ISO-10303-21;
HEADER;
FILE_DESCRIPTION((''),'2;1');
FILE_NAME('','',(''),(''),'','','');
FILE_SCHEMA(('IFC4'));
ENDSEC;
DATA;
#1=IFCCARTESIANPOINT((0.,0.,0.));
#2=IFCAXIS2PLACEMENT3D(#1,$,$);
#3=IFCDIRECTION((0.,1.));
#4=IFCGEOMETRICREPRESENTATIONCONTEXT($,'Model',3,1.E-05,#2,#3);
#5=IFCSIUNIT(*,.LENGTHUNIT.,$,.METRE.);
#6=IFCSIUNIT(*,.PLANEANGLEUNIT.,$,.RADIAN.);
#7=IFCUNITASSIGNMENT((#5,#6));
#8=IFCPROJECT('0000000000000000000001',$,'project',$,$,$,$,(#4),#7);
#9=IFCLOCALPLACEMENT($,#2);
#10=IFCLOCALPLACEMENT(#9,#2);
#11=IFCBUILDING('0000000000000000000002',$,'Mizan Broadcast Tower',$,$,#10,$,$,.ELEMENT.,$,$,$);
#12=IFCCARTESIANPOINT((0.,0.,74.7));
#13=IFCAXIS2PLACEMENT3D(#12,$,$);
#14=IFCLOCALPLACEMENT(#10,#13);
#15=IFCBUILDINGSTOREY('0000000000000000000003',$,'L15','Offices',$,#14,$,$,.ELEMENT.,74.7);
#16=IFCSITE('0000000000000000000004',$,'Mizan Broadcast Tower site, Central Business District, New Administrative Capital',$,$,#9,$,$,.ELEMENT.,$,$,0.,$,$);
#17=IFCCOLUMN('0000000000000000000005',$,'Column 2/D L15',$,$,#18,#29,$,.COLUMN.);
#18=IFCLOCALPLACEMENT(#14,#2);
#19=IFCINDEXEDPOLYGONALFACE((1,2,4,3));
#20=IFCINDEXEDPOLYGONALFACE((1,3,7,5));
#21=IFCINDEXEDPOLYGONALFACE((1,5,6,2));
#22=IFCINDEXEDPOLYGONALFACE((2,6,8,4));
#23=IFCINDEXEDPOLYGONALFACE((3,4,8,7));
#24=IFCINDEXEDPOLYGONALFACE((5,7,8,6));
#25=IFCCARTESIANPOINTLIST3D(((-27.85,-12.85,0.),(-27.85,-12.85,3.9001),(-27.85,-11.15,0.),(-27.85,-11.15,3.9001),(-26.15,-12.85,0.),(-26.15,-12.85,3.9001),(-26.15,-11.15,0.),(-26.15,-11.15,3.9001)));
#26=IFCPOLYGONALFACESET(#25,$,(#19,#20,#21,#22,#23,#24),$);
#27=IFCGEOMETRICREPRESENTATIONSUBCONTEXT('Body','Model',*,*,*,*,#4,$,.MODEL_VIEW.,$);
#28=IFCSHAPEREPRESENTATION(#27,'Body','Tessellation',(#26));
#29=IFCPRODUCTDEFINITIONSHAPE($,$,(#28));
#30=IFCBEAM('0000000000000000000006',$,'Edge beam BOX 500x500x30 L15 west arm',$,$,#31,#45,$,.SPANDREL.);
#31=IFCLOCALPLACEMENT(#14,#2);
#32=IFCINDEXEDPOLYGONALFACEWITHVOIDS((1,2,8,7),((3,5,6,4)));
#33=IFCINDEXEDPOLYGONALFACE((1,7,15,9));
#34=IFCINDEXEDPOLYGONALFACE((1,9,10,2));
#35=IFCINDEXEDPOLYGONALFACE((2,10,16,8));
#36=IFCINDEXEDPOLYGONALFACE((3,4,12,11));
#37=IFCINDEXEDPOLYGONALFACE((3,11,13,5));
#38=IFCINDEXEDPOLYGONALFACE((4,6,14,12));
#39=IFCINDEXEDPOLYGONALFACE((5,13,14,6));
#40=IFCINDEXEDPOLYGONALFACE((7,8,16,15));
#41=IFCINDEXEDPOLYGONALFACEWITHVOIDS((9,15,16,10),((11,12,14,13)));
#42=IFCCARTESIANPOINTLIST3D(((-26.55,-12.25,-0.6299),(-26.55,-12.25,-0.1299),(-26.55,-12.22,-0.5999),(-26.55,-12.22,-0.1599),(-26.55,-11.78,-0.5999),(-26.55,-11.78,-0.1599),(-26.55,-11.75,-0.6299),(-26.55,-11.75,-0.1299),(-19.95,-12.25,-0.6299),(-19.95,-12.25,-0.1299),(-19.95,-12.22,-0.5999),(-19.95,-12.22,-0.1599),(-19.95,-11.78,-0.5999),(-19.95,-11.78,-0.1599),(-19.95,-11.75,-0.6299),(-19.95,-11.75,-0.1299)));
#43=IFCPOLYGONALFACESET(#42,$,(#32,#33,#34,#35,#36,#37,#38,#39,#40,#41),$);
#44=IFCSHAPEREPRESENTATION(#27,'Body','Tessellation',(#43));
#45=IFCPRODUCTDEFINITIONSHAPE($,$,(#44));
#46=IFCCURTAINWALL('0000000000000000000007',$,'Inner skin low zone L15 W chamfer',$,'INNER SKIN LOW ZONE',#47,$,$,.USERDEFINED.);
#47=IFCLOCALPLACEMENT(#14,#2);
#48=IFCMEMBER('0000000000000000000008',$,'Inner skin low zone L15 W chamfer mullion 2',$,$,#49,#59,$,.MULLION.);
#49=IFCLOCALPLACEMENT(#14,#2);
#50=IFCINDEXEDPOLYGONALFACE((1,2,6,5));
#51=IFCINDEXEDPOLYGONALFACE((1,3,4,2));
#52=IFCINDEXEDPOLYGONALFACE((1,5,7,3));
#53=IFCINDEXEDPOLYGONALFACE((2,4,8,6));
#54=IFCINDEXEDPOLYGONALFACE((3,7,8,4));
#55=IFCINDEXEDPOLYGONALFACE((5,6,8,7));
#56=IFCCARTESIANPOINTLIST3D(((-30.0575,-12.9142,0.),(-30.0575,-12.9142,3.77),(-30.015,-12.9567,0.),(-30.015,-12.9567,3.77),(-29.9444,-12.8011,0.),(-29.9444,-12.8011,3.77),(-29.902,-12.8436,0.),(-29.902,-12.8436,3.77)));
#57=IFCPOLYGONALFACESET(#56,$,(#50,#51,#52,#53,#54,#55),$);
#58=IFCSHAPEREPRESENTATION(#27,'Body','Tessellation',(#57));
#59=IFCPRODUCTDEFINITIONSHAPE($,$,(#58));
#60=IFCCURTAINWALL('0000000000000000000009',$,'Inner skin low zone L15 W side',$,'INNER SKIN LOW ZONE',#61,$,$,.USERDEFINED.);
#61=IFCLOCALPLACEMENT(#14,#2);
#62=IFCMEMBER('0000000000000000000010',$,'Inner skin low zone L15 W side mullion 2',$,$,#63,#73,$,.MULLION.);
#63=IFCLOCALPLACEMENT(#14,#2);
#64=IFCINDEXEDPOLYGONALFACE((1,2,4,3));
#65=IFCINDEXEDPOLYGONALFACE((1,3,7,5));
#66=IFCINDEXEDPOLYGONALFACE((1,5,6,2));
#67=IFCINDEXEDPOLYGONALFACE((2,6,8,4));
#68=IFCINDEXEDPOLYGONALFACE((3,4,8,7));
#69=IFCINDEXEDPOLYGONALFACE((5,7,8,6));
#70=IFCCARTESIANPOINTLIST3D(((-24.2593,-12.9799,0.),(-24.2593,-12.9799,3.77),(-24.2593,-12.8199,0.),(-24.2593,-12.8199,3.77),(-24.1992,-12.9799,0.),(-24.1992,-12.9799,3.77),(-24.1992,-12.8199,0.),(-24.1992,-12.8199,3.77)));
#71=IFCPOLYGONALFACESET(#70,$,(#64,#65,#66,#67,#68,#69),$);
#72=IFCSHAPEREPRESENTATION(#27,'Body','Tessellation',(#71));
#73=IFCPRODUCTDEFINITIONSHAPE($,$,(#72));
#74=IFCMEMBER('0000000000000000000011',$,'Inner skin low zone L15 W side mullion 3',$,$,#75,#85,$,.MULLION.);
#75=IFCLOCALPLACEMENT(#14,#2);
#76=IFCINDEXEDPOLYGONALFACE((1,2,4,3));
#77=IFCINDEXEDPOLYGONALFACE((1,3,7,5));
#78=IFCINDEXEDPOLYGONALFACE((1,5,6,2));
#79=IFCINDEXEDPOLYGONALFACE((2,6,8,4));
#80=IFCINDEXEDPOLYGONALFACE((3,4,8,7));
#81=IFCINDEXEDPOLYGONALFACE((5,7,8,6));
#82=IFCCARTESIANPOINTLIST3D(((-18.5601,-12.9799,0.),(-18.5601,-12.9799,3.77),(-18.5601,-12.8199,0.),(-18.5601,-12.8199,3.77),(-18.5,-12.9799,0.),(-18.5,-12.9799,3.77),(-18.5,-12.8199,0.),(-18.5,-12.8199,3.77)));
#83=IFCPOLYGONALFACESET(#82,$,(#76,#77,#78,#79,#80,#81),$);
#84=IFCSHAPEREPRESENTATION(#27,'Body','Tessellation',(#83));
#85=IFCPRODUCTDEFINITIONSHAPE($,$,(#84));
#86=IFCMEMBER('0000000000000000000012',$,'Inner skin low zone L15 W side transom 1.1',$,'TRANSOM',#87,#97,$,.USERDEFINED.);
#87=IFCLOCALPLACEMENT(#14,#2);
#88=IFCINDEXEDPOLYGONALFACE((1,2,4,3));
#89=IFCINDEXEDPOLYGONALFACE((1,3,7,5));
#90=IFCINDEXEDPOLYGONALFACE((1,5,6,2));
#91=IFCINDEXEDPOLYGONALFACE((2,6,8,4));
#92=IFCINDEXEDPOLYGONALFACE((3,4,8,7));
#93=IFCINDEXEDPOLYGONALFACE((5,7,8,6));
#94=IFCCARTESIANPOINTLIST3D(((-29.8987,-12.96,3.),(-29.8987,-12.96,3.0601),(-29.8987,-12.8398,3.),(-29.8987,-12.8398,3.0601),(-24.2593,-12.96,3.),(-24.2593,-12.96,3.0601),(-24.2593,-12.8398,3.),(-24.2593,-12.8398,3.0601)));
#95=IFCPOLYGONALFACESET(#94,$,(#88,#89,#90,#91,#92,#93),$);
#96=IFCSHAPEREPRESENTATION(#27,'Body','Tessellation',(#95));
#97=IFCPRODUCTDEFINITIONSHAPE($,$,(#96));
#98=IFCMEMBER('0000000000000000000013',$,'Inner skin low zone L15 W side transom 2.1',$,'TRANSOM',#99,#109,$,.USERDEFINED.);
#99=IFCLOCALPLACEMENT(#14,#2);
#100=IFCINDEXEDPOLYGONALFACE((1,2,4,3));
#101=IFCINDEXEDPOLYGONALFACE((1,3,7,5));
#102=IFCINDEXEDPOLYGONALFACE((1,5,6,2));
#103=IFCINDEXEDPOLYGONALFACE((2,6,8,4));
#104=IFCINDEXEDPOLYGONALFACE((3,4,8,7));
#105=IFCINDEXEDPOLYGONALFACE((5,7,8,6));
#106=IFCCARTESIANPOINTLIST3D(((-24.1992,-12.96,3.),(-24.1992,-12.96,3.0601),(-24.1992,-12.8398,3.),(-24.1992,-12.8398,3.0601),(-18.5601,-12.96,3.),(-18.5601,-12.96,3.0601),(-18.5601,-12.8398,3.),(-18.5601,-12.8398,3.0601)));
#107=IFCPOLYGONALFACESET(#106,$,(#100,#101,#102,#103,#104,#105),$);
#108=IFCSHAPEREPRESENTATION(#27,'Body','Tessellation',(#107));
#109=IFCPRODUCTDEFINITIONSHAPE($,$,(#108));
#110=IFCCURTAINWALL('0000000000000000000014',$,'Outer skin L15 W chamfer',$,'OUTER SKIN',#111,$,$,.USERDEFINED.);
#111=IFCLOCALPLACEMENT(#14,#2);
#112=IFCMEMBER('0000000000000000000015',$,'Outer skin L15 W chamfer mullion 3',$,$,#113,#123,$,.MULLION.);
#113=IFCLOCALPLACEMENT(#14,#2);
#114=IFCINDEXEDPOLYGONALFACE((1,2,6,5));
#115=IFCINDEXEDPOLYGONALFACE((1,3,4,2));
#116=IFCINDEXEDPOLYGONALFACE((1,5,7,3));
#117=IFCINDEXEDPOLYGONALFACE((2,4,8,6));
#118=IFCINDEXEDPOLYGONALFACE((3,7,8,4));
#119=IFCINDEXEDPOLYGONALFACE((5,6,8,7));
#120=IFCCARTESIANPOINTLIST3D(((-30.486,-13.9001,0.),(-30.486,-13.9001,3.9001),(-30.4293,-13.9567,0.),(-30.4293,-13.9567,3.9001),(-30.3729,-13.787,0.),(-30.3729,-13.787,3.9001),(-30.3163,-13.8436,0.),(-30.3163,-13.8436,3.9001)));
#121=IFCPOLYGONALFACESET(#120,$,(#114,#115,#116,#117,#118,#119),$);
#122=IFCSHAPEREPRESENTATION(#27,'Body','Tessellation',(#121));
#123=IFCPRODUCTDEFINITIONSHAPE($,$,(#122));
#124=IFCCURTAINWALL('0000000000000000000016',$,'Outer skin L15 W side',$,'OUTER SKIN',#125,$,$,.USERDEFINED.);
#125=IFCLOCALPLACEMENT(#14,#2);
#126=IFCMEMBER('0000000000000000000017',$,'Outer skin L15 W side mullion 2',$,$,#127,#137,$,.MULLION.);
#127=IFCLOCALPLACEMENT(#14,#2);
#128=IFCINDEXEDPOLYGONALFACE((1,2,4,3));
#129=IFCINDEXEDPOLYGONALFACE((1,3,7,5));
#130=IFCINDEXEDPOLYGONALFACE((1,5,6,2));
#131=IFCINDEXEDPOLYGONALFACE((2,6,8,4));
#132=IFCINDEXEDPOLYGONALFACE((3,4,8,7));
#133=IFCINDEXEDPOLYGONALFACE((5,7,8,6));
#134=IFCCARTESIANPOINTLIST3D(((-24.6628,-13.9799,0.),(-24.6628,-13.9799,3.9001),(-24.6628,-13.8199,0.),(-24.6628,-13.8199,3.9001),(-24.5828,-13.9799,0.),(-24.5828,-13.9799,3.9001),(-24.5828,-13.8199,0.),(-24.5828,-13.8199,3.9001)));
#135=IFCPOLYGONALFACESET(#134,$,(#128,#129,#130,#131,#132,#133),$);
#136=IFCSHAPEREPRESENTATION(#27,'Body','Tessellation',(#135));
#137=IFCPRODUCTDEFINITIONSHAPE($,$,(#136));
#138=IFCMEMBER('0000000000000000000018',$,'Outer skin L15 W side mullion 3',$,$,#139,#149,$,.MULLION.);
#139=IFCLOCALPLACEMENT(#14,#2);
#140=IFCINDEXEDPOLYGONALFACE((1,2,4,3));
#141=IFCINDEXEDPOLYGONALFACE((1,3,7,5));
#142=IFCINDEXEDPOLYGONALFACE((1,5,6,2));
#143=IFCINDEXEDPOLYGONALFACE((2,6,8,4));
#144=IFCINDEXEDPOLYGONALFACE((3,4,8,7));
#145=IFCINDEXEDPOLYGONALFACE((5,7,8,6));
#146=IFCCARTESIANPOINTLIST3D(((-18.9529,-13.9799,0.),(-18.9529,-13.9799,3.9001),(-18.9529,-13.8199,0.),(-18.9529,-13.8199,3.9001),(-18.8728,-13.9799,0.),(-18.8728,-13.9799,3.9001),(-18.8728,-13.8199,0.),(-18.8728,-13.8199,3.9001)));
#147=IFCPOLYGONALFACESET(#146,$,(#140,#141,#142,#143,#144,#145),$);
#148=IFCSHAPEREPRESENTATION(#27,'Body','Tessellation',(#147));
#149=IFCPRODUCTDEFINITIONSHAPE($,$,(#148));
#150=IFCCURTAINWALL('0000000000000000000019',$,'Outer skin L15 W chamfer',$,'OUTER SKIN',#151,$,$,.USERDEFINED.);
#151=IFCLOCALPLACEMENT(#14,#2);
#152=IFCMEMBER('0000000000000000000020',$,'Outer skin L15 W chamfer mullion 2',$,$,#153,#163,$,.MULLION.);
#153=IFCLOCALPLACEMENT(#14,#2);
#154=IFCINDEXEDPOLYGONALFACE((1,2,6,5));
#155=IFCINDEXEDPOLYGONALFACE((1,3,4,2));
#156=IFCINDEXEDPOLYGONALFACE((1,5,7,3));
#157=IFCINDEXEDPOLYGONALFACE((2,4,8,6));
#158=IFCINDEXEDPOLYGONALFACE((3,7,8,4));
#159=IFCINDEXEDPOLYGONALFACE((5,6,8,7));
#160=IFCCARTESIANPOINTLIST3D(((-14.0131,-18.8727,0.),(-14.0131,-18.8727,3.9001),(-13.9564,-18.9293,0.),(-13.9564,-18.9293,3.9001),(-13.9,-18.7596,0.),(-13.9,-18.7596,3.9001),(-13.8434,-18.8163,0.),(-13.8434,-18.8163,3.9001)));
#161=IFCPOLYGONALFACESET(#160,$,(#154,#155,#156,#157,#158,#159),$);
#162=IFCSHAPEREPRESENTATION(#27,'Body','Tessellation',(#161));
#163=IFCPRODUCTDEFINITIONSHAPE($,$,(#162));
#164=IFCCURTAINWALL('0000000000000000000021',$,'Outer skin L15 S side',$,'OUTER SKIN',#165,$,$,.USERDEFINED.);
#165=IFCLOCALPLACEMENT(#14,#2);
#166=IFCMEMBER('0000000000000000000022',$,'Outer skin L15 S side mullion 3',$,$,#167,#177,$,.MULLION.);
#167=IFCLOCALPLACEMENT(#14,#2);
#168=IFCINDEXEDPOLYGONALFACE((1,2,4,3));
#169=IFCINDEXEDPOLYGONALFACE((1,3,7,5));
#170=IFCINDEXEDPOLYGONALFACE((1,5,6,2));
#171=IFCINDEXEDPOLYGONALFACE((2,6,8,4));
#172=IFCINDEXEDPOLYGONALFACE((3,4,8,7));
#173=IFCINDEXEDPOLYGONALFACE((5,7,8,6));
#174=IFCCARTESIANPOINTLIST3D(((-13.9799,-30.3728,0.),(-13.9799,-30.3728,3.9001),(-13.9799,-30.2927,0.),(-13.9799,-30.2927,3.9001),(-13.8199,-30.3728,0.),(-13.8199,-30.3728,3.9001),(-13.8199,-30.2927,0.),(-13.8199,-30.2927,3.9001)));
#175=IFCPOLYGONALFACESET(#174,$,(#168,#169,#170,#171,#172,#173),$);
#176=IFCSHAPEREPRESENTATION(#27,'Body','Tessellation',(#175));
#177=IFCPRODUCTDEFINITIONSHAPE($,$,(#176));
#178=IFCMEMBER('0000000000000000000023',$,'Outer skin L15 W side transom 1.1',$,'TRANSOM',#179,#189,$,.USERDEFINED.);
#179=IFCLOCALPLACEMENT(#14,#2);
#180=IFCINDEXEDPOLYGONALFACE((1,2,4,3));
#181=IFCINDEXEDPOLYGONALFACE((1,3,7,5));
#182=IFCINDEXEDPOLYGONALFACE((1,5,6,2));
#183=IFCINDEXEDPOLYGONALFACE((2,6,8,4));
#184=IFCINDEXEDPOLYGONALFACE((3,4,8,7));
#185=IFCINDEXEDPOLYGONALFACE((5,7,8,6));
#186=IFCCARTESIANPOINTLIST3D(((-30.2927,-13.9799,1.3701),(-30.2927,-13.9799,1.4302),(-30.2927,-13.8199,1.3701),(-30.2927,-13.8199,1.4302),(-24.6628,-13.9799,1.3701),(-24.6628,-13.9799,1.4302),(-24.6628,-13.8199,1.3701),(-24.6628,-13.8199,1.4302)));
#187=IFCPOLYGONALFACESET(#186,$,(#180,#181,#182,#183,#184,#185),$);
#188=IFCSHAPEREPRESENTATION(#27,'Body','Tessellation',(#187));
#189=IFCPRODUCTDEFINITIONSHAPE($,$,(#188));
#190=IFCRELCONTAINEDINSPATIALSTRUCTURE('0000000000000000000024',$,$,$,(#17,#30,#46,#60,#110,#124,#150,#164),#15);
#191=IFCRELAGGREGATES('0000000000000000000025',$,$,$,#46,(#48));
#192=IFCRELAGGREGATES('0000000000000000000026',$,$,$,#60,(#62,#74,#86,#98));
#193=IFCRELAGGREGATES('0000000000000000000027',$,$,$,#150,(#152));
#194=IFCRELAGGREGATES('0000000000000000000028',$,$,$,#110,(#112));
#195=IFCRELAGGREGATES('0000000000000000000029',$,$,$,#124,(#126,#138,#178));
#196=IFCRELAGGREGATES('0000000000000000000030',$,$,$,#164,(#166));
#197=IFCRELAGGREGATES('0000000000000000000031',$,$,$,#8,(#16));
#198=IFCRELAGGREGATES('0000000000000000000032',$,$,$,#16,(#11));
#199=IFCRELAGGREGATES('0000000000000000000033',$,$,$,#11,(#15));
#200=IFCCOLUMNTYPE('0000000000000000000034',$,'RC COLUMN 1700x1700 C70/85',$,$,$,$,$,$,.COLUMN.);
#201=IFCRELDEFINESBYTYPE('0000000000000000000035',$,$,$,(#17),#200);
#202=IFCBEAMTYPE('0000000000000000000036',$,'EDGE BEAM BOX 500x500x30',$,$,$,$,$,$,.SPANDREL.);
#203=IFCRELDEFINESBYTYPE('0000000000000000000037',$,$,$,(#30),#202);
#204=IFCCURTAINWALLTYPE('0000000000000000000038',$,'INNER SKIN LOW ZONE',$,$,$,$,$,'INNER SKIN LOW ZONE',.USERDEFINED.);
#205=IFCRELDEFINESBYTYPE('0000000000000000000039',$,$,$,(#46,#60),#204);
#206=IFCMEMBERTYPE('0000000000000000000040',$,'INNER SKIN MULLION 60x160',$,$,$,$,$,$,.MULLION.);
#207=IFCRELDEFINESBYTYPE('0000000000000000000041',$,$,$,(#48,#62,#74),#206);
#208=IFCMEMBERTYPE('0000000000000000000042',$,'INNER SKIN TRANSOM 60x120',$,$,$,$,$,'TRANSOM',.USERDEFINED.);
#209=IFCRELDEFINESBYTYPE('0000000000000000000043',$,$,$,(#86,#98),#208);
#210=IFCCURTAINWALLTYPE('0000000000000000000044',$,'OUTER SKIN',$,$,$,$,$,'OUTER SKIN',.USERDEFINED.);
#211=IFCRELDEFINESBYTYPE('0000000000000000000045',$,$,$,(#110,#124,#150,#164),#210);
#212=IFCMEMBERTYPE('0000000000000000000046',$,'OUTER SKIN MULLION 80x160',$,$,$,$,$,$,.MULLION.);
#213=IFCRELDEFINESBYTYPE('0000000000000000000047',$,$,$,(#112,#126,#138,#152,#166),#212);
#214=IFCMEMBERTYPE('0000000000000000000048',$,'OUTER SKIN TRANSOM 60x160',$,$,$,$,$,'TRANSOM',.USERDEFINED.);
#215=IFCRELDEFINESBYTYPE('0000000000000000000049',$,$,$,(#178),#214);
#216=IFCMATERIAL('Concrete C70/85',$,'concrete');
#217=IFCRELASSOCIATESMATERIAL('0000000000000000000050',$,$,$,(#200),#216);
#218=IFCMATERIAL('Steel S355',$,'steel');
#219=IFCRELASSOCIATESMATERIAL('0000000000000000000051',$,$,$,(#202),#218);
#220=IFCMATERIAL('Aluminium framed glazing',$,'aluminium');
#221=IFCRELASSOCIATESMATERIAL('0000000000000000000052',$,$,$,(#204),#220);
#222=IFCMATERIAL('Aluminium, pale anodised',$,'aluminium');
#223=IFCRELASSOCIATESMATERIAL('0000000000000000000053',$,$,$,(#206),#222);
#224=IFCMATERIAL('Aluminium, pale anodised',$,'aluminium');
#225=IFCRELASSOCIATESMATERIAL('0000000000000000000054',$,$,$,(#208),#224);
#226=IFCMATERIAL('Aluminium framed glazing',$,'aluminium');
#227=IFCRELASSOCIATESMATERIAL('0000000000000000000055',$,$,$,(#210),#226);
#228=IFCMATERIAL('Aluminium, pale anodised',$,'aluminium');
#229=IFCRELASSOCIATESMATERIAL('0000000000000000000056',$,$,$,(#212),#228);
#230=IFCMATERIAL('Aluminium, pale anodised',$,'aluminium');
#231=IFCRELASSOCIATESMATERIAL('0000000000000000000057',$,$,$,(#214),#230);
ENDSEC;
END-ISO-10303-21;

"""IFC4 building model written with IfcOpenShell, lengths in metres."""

from ifc_helpers import new_model, si_unit, direction, frame, origin, origin_2d, place, context, subcontext, project, spatial, rectangle, hollow_rectangle, extrude, material, material_profile, profile_set, type_object, element, aggregate, save


model = new_model("IFC4")

# Units and contexts
model_context = context("Model", 3, precision=1e-05, world=origin(), true_north=direction((0.0, 1.0)))
body_context = subcontext(model_context, "Body", "Model", "MODEL_VIEW")
ifc_project = project(units=[si_unit("LENGTHUNIT", "METRE"), si_unit("PLANEANGLEUNIT", "RADIAN")], contexts=[model_context])

# Site, building, storey
site_placement = place(None, origin())
site = spatial("IfcSite", under=ifc_project, at=site_placement, Name="Mizan Broadcast Tower site, Central Business District, New Administrative Capital", CompositionType="ELEMENT", RefElevation=0.0)
building_placement = place(site_placement, origin())
building = spatial("IfcBuilding", under=site, at=building_placement, Name="Mizan Broadcast Tower", CompositionType="ELEMENT")
storey_placement = place(building_placement, frame((0.0, 0.0, 74.7)))
storey = spatial("IfcBuildingStorey", under=building, at=storey_placement, Name="L15", Description="Offices", CompositionType="ELEMENT", Elevation=74.7)

# Column
ifc_material_1 = material(Name="Concrete C70/85", Category="concrete")
ifc_material_profile_1 = material_profile(ifc_material_1, rectangle(XDim=1.7, YDim=1.7, at=origin_2d()), Name="RC 1700x1700")
ifc_profile_set_1 = profile_set([ifc_material_profile_1], Name="Concrete C70/85")
column_type = type_object("IfcColumnType", Name="RC COLUMN 1700x1700 C70/85", PredefinedType="COLUMN", material=ifc_profile_set_1)
column_placement = place(storey_placement, frame((-27.0, -12.0, 0.0), z_axis=(0.0, 0.0, 1.0), x_axis=(1.0, 0.0, 0.0)))
element("IfcColumn", 1, at=column_placement, inside=storey, type_object=column_type, Name="Column 2/D L15", PredefinedType="COLUMN", context=body_context, shape_type="SweptSolid", body=[
    extrude(rectangle(XDim=1.7, YDim=1.7, at=origin_2d()), origin(), (0.0, 0.0, 1.0), 3.9001),
])

# Beam
ifc_material_2 = material(Name="Steel S355", Category="steel")
ifc_material_profile_2 = material_profile(ifc_material_2, hollow_rectangle(XDim=0.5, YDim=0.5, WallThickness=0.03, at=origin_2d()), Name="BOX 500x500x30")
ifc_profile_set_2 = profile_set([ifc_material_profile_2], Name="Steel S355")
beam_type_1 = type_object("IfcBeamType", Name="EDGE BEAM BOX 500x500x30", PredefinedType="SPANDREL", material=ifc_profile_set_2)
beam_1_placement = place(storey_placement, frame((-19.95, -12.0, -0.3799), z_axis=(-1.0, 0.0, 0.0), x_axis=(0.0, -1.0, 0.0)))
element("IfcBeam", 2, at=beam_1_placement, inside=storey, type_object=beam_type_1, Name="Edge beam BOX 500x500x30 L15 west arm", PredefinedType="SPANDREL", context=body_context, shape_type="SweptSolid", body=[
    extrude(hollow_rectangle(XDim=0.5, YDim=0.5, WallThickness=0.03, at=origin_2d()), origin(), (0.0, 0.0, 1.0), 6.6001),
])

# Curtain wall, member
ifc_material_3 = material(Name="Aluminium framed glazing", Category="aluminium")
curtain_wall_type_1 = type_object("IfcCurtainWallType", Name="INNER SKIN LOW ZONE", ElementType="INNER SKIN LOW ZONE", PredefinedType="USERDEFINED", material=ifc_material_3)
curtain_wall_1_placement = place(storey_placement, origin())
curtain_wall_1 = element("IfcCurtainWall", 3, at=curtain_wall_1_placement, inside=storey, type_object=curtain_wall_type_1, Name="Inner skin low zone L15 W chamfer", ObjectType="INNER SKIN LOW ZONE", PredefinedType="USERDEFINED")
ifc_material_4 = material(Name="Aluminium, pale anodised", Category="aluminium")
ifc_material_profile_3 = material_profile(ifc_material_4, rectangle(XDim=0.1599, YDim=0.0601, at=origin_2d()), Name="MULLION 160x60")
ifc_profile_set_3 = profile_set([ifc_material_profile_3], Name="Aluminium, pale anodised")
member_type_1 = type_object("IfcMemberType", Name="INNER SKIN MULLION 60x160", PredefinedType="MULLION", material=ifc_profile_set_3)
member_1_placement = place(storey_placement, frame((-29.9797, -12.8789, 0.0), z_axis=(0.0, 0.0, 1.0), x_axis=(0.707107, 0.707107, 0.0)))
member_1 = element("IfcMember", 4, at=member_1_placement, type_object=member_type_1, Name="Inner skin low zone L15 W chamfer mullion 2", PredefinedType="MULLION", context=body_context, shape_type="SweptSolid", body=[
    extrude(rectangle(XDim=0.1599, YDim=0.0601, at=origin_2d()), origin(), (0.0, 0.0, 1.0), 3.77),
])
aggregate(curtain_wall_1, [member_1])

# Curtain wall, members
curtain_wall_2_placement = place(storey_placement, origin())
curtain_wall_2 = element("IfcCurtainWall", 5, at=curtain_wall_2_placement, inside=storey, type_object=curtain_wall_type_1, Name="Inner skin low zone L15 W side", ObjectType="INNER SKIN LOW ZONE", PredefinedType="USERDEFINED")
member_2_placement = place(storey_placement, frame((-24.2292, -12.8999, 0.0), z_axis=(0.0, 0.0, 1.0), x_axis=(0.0, 1.0, 0.0)))
member_2 = element("IfcMember", 6, at=member_2_placement, type_object=member_type_1, Name="Inner skin low zone L15 W side mullion 2", PredefinedType="MULLION", context=body_context, shape_type="SweptSolid", body=[
    extrude(rectangle(XDim=0.1599, YDim=0.0601, at=origin_2d()), origin(), (0.0, 0.0, 1.0), 3.77),
])
member_3_placement = place(storey_placement, frame((-18.53, -12.8999, 0.0), z_axis=(0.0, 0.0, 1.0), x_axis=(0.0, 1.0, 0.0)))
member_3 = element("IfcMember", 7, at=member_3_placement, type_object=member_type_1, Name="Inner skin low zone L15 W side mullion 3", PredefinedType="MULLION", context=body_context, shape_type="SweptSolid", body=[
    extrude(rectangle(XDim=0.1599, YDim=0.0601, at=origin_2d()), origin(), (0.0, 0.0, 1.0), 3.77),
])
ifc_material_5 = material(Name="Aluminium, pale anodised", Category="aluminium")
ifc_material_profile_4 = material_profile(ifc_material_5, rectangle(XDim=0.1201, YDim=0.0601, at=origin_2d()), Name="TRANSOM 120x60")
ifc_profile_set_4 = profile_set([ifc_material_profile_4], Name="Aluminium, pale anodised")
member_type_2 = type_object("IfcMemberType", Name="INNER SKIN TRANSOM 60x120", ElementType="TRANSOM", PredefinedType="USERDEFINED", material=ifc_profile_set_4)
member_4_placement = place(storey_placement, frame((-29.8987, -12.8999, 3.03), z_axis=(1.0, 0.0, 0.0), x_axis=(0.0, 1.0, 0.0)))
member_4 = element("IfcMember", 8, at=member_4_placement, type_object=member_type_2, Name="Inner skin low zone L15 W side transom 1.1", ObjectType="TRANSOM", PredefinedType="USERDEFINED", context=body_context, shape_type="SweptSolid", body=[
    extrude(rectangle(XDim=0.1201, YDim=0.0601, at=origin_2d()), origin(), (0.0, 0.0, 1.0), 5.6394),
])
member_5_placement = place(storey_placement, frame((-24.1992, -12.8999, 3.03), z_axis=(1.0, 0.0, 0.0), x_axis=(0.0, 1.0, 0.0)))
member_5 = element("IfcMember", 9, at=member_5_placement, type_object=member_type_2, Name="Inner skin low zone L15 W side transom 2.1", ObjectType="TRANSOM", PredefinedType="USERDEFINED", context=body_context, shape_type="SweptSolid", body=[
    extrude(rectangle(XDim=0.1201, YDim=0.0601, at=origin_2d()), origin(), (0.0, 0.0, 1.0), 5.6392),
])

# Curtain wall, member
ifc_material_6 = material(Name="Aluminium framed glazing", Category="aluminium")
curtain_wall_type_2 = type_object("IfcCurtainWallType", Name="OUTER SKIN", ElementType="OUTER SKIN", PredefinedType="USERDEFINED", material=ifc_material_6)
curtain_wall_3_placement = place(storey_placement, origin())
curtain_wall_3 = element("IfcCurtainWall", 10, at=curtain_wall_3_placement, inside=storey, type_object=curtain_wall_type_2, Name="Outer skin L15 W chamfer", ObjectType="OUTER SKIN", PredefinedType="USERDEFINED")
ifc_material_7 = material(Name="Aluminium, pale anodised", Category="aluminium")
ifc_material_profile_5 = material_profile(ifc_material_7, rectangle(XDim=0.1599, YDim=0.0801, at=origin_2d()), Name="MULLION 160x80")
ifc_profile_set_5 = profile_set([ifc_material_profile_5], Name="Aluminium, pale anodised")
member_type_3 = type_object("IfcMemberType", Name="OUTER SKIN MULLION 80x160", PredefinedType="MULLION", material=ifc_profile_set_5)
member_6_placement = place(storey_placement, frame((-30.4011, -13.8718, 0.0), z_axis=(0.0, 0.0, 1.0), x_axis=(0.707107, 0.707107, 0.0)))
member_6 = element("IfcMember", 11, at=member_6_placement, type_object=member_type_3, Name="Outer skin L15 W chamfer mullion 3", PredefinedType="MULLION", context=body_context, shape_type="SweptSolid", body=[
    extrude(rectangle(XDim=0.1599, YDim=0.0801, at=origin_2d()), origin(), (0.0, 0.0, 1.0), 3.9001),
])

# Curtain wall, members
curtain_wall_4_placement = place(storey_placement, origin())
curtain_wall_4 = element("IfcCurtainWall", 12, at=curtain_wall_4_placement, inside=storey, type_object=curtain_wall_type_2, Name="Outer skin L15 W side", ObjectType="OUTER SKIN", PredefinedType="USERDEFINED")
member_7_placement = place(storey_placement, frame((-24.6228, -13.8999, 0.0), z_axis=(0.0, 0.0, 1.0), x_axis=(0.0, 1.0, 0.0)))
member_7 = element("IfcMember", 13, at=member_7_placement, type_object=member_type_3, Name="Outer skin L15 W side mullion 2", PredefinedType="MULLION", context=body_context, shape_type="SweptSolid", body=[
    extrude(rectangle(XDim=0.1599, YDim=0.0801, at=origin_2d()), origin(), (0.0, 0.0, 1.0), 3.9001),
])
member_8_placement = place(storey_placement, frame((-18.9128, -13.8999, 0.0), z_axis=(0.0, 0.0, 1.0), x_axis=(0.0, 1.0, 0.0)))
member_8 = element("IfcMember", 14, at=member_8_placement, type_object=member_type_3, Name="Outer skin L15 W side mullion 3", PredefinedType="MULLION", context=body_context, shape_type="SweptSolid", body=[
    extrude(rectangle(XDim=0.1599, YDim=0.0801, at=origin_2d()), origin(), (0.0, 0.0, 1.0), 3.9001),
])

# Curtain walls, members
curtain_wall_5_placement = place(storey_placement, origin())
curtain_wall_5 = element("IfcCurtainWall", 15, at=curtain_wall_5_placement, inside=storey, type_object=curtain_wall_type_2, Name="Outer skin L15 W chamfer", ObjectType="OUTER SKIN", PredefinedType="USERDEFINED")
member_9_placement = place(storey_placement, frame((-13.9282, -18.8445, 0.0), z_axis=(0.0, 0.0, 1.0), x_axis=(0.707107, 0.707107, 0.0)))
member_9 = element("IfcMember", 16, at=member_9_placement, type_object=member_type_3, Name="Outer skin L15 W chamfer mullion 2", PredefinedType="MULLION", context=body_context, shape_type="SweptSolid", body=[
    extrude(rectangle(XDim=0.1599, YDim=0.0801, at=origin_2d()), origin(), (0.0, 0.0, 1.0), 3.9001),
])
curtain_wall_6_placement = place(storey_placement, origin())
curtain_wall_6 = element("IfcCurtainWall", 17, at=curtain_wall_6_placement, inside=storey, type_object=curtain_wall_type_2, Name="Outer skin L15 S side", ObjectType="OUTER SKIN", PredefinedType="USERDEFINED")
member_10_placement = place(storey_placement, frame((-13.8999, -30.3328, 0.0), z_axis=(0.0, 0.0, 1.0), x_axis=(1.0, 0.0, 0.0)))
member_10 = element("IfcMember", 18, at=member_10_placement, type_object=member_type_3, Name="Outer skin L15 S side mullion 3", PredefinedType="MULLION", context=body_context, shape_type="SweptSolid", body=[
    extrude(rectangle(XDim=0.1599, YDim=0.0801, at=origin_2d()), origin(), (0.0, 0.0, 1.0), 3.9001),
])

# Member
ifc_material_8 = material(Name="Aluminium, pale anodised", Category="aluminium")
ifc_material_profile_6 = material_profile(ifc_material_8, rectangle(XDim=0.1599, YDim=0.0601, at=origin_2d()), Name="TRANSOM 160x60")
ifc_profile_set_6 = profile_set([ifc_material_profile_6], Name="Aluminium, pale anodised")
member_type_4 = type_object("IfcMemberType", Name="OUTER SKIN TRANSOM 60x160", ElementType="TRANSOM", PredefinedType="USERDEFINED", material=ifc_profile_set_6)
member_11_placement = place(storey_placement, frame((-30.2927, -13.8999, 1.4001), z_axis=(1.0, 0.0, 0.0), x_axis=(0.0, 1.0, 0.0)))
member_11 = element("IfcMember", 19, at=member_11_placement, type_object=member_type_4, Name="Outer skin L15 W side transom 1.1", ObjectType="TRANSOM", PredefinedType="USERDEFINED", context=body_context, shape_type="SweptSolid", body=[
    extrude(rectangle(XDim=0.1599, YDim=0.0601, at=origin_2d()), origin(), (0.0, 0.0, 1.0), 5.6299),
])

aggregate(curtain_wall_2, [member_2, member_3, member_4, member_5])
aggregate(curtain_wall_5, [member_9])
aggregate(curtain_wall_3, [member_6])
aggregate(curtain_wall_4, [member_7, member_8, member_11])
aggregate(curtain_wall_6, [member_10])

save(model, "model.ifc")
